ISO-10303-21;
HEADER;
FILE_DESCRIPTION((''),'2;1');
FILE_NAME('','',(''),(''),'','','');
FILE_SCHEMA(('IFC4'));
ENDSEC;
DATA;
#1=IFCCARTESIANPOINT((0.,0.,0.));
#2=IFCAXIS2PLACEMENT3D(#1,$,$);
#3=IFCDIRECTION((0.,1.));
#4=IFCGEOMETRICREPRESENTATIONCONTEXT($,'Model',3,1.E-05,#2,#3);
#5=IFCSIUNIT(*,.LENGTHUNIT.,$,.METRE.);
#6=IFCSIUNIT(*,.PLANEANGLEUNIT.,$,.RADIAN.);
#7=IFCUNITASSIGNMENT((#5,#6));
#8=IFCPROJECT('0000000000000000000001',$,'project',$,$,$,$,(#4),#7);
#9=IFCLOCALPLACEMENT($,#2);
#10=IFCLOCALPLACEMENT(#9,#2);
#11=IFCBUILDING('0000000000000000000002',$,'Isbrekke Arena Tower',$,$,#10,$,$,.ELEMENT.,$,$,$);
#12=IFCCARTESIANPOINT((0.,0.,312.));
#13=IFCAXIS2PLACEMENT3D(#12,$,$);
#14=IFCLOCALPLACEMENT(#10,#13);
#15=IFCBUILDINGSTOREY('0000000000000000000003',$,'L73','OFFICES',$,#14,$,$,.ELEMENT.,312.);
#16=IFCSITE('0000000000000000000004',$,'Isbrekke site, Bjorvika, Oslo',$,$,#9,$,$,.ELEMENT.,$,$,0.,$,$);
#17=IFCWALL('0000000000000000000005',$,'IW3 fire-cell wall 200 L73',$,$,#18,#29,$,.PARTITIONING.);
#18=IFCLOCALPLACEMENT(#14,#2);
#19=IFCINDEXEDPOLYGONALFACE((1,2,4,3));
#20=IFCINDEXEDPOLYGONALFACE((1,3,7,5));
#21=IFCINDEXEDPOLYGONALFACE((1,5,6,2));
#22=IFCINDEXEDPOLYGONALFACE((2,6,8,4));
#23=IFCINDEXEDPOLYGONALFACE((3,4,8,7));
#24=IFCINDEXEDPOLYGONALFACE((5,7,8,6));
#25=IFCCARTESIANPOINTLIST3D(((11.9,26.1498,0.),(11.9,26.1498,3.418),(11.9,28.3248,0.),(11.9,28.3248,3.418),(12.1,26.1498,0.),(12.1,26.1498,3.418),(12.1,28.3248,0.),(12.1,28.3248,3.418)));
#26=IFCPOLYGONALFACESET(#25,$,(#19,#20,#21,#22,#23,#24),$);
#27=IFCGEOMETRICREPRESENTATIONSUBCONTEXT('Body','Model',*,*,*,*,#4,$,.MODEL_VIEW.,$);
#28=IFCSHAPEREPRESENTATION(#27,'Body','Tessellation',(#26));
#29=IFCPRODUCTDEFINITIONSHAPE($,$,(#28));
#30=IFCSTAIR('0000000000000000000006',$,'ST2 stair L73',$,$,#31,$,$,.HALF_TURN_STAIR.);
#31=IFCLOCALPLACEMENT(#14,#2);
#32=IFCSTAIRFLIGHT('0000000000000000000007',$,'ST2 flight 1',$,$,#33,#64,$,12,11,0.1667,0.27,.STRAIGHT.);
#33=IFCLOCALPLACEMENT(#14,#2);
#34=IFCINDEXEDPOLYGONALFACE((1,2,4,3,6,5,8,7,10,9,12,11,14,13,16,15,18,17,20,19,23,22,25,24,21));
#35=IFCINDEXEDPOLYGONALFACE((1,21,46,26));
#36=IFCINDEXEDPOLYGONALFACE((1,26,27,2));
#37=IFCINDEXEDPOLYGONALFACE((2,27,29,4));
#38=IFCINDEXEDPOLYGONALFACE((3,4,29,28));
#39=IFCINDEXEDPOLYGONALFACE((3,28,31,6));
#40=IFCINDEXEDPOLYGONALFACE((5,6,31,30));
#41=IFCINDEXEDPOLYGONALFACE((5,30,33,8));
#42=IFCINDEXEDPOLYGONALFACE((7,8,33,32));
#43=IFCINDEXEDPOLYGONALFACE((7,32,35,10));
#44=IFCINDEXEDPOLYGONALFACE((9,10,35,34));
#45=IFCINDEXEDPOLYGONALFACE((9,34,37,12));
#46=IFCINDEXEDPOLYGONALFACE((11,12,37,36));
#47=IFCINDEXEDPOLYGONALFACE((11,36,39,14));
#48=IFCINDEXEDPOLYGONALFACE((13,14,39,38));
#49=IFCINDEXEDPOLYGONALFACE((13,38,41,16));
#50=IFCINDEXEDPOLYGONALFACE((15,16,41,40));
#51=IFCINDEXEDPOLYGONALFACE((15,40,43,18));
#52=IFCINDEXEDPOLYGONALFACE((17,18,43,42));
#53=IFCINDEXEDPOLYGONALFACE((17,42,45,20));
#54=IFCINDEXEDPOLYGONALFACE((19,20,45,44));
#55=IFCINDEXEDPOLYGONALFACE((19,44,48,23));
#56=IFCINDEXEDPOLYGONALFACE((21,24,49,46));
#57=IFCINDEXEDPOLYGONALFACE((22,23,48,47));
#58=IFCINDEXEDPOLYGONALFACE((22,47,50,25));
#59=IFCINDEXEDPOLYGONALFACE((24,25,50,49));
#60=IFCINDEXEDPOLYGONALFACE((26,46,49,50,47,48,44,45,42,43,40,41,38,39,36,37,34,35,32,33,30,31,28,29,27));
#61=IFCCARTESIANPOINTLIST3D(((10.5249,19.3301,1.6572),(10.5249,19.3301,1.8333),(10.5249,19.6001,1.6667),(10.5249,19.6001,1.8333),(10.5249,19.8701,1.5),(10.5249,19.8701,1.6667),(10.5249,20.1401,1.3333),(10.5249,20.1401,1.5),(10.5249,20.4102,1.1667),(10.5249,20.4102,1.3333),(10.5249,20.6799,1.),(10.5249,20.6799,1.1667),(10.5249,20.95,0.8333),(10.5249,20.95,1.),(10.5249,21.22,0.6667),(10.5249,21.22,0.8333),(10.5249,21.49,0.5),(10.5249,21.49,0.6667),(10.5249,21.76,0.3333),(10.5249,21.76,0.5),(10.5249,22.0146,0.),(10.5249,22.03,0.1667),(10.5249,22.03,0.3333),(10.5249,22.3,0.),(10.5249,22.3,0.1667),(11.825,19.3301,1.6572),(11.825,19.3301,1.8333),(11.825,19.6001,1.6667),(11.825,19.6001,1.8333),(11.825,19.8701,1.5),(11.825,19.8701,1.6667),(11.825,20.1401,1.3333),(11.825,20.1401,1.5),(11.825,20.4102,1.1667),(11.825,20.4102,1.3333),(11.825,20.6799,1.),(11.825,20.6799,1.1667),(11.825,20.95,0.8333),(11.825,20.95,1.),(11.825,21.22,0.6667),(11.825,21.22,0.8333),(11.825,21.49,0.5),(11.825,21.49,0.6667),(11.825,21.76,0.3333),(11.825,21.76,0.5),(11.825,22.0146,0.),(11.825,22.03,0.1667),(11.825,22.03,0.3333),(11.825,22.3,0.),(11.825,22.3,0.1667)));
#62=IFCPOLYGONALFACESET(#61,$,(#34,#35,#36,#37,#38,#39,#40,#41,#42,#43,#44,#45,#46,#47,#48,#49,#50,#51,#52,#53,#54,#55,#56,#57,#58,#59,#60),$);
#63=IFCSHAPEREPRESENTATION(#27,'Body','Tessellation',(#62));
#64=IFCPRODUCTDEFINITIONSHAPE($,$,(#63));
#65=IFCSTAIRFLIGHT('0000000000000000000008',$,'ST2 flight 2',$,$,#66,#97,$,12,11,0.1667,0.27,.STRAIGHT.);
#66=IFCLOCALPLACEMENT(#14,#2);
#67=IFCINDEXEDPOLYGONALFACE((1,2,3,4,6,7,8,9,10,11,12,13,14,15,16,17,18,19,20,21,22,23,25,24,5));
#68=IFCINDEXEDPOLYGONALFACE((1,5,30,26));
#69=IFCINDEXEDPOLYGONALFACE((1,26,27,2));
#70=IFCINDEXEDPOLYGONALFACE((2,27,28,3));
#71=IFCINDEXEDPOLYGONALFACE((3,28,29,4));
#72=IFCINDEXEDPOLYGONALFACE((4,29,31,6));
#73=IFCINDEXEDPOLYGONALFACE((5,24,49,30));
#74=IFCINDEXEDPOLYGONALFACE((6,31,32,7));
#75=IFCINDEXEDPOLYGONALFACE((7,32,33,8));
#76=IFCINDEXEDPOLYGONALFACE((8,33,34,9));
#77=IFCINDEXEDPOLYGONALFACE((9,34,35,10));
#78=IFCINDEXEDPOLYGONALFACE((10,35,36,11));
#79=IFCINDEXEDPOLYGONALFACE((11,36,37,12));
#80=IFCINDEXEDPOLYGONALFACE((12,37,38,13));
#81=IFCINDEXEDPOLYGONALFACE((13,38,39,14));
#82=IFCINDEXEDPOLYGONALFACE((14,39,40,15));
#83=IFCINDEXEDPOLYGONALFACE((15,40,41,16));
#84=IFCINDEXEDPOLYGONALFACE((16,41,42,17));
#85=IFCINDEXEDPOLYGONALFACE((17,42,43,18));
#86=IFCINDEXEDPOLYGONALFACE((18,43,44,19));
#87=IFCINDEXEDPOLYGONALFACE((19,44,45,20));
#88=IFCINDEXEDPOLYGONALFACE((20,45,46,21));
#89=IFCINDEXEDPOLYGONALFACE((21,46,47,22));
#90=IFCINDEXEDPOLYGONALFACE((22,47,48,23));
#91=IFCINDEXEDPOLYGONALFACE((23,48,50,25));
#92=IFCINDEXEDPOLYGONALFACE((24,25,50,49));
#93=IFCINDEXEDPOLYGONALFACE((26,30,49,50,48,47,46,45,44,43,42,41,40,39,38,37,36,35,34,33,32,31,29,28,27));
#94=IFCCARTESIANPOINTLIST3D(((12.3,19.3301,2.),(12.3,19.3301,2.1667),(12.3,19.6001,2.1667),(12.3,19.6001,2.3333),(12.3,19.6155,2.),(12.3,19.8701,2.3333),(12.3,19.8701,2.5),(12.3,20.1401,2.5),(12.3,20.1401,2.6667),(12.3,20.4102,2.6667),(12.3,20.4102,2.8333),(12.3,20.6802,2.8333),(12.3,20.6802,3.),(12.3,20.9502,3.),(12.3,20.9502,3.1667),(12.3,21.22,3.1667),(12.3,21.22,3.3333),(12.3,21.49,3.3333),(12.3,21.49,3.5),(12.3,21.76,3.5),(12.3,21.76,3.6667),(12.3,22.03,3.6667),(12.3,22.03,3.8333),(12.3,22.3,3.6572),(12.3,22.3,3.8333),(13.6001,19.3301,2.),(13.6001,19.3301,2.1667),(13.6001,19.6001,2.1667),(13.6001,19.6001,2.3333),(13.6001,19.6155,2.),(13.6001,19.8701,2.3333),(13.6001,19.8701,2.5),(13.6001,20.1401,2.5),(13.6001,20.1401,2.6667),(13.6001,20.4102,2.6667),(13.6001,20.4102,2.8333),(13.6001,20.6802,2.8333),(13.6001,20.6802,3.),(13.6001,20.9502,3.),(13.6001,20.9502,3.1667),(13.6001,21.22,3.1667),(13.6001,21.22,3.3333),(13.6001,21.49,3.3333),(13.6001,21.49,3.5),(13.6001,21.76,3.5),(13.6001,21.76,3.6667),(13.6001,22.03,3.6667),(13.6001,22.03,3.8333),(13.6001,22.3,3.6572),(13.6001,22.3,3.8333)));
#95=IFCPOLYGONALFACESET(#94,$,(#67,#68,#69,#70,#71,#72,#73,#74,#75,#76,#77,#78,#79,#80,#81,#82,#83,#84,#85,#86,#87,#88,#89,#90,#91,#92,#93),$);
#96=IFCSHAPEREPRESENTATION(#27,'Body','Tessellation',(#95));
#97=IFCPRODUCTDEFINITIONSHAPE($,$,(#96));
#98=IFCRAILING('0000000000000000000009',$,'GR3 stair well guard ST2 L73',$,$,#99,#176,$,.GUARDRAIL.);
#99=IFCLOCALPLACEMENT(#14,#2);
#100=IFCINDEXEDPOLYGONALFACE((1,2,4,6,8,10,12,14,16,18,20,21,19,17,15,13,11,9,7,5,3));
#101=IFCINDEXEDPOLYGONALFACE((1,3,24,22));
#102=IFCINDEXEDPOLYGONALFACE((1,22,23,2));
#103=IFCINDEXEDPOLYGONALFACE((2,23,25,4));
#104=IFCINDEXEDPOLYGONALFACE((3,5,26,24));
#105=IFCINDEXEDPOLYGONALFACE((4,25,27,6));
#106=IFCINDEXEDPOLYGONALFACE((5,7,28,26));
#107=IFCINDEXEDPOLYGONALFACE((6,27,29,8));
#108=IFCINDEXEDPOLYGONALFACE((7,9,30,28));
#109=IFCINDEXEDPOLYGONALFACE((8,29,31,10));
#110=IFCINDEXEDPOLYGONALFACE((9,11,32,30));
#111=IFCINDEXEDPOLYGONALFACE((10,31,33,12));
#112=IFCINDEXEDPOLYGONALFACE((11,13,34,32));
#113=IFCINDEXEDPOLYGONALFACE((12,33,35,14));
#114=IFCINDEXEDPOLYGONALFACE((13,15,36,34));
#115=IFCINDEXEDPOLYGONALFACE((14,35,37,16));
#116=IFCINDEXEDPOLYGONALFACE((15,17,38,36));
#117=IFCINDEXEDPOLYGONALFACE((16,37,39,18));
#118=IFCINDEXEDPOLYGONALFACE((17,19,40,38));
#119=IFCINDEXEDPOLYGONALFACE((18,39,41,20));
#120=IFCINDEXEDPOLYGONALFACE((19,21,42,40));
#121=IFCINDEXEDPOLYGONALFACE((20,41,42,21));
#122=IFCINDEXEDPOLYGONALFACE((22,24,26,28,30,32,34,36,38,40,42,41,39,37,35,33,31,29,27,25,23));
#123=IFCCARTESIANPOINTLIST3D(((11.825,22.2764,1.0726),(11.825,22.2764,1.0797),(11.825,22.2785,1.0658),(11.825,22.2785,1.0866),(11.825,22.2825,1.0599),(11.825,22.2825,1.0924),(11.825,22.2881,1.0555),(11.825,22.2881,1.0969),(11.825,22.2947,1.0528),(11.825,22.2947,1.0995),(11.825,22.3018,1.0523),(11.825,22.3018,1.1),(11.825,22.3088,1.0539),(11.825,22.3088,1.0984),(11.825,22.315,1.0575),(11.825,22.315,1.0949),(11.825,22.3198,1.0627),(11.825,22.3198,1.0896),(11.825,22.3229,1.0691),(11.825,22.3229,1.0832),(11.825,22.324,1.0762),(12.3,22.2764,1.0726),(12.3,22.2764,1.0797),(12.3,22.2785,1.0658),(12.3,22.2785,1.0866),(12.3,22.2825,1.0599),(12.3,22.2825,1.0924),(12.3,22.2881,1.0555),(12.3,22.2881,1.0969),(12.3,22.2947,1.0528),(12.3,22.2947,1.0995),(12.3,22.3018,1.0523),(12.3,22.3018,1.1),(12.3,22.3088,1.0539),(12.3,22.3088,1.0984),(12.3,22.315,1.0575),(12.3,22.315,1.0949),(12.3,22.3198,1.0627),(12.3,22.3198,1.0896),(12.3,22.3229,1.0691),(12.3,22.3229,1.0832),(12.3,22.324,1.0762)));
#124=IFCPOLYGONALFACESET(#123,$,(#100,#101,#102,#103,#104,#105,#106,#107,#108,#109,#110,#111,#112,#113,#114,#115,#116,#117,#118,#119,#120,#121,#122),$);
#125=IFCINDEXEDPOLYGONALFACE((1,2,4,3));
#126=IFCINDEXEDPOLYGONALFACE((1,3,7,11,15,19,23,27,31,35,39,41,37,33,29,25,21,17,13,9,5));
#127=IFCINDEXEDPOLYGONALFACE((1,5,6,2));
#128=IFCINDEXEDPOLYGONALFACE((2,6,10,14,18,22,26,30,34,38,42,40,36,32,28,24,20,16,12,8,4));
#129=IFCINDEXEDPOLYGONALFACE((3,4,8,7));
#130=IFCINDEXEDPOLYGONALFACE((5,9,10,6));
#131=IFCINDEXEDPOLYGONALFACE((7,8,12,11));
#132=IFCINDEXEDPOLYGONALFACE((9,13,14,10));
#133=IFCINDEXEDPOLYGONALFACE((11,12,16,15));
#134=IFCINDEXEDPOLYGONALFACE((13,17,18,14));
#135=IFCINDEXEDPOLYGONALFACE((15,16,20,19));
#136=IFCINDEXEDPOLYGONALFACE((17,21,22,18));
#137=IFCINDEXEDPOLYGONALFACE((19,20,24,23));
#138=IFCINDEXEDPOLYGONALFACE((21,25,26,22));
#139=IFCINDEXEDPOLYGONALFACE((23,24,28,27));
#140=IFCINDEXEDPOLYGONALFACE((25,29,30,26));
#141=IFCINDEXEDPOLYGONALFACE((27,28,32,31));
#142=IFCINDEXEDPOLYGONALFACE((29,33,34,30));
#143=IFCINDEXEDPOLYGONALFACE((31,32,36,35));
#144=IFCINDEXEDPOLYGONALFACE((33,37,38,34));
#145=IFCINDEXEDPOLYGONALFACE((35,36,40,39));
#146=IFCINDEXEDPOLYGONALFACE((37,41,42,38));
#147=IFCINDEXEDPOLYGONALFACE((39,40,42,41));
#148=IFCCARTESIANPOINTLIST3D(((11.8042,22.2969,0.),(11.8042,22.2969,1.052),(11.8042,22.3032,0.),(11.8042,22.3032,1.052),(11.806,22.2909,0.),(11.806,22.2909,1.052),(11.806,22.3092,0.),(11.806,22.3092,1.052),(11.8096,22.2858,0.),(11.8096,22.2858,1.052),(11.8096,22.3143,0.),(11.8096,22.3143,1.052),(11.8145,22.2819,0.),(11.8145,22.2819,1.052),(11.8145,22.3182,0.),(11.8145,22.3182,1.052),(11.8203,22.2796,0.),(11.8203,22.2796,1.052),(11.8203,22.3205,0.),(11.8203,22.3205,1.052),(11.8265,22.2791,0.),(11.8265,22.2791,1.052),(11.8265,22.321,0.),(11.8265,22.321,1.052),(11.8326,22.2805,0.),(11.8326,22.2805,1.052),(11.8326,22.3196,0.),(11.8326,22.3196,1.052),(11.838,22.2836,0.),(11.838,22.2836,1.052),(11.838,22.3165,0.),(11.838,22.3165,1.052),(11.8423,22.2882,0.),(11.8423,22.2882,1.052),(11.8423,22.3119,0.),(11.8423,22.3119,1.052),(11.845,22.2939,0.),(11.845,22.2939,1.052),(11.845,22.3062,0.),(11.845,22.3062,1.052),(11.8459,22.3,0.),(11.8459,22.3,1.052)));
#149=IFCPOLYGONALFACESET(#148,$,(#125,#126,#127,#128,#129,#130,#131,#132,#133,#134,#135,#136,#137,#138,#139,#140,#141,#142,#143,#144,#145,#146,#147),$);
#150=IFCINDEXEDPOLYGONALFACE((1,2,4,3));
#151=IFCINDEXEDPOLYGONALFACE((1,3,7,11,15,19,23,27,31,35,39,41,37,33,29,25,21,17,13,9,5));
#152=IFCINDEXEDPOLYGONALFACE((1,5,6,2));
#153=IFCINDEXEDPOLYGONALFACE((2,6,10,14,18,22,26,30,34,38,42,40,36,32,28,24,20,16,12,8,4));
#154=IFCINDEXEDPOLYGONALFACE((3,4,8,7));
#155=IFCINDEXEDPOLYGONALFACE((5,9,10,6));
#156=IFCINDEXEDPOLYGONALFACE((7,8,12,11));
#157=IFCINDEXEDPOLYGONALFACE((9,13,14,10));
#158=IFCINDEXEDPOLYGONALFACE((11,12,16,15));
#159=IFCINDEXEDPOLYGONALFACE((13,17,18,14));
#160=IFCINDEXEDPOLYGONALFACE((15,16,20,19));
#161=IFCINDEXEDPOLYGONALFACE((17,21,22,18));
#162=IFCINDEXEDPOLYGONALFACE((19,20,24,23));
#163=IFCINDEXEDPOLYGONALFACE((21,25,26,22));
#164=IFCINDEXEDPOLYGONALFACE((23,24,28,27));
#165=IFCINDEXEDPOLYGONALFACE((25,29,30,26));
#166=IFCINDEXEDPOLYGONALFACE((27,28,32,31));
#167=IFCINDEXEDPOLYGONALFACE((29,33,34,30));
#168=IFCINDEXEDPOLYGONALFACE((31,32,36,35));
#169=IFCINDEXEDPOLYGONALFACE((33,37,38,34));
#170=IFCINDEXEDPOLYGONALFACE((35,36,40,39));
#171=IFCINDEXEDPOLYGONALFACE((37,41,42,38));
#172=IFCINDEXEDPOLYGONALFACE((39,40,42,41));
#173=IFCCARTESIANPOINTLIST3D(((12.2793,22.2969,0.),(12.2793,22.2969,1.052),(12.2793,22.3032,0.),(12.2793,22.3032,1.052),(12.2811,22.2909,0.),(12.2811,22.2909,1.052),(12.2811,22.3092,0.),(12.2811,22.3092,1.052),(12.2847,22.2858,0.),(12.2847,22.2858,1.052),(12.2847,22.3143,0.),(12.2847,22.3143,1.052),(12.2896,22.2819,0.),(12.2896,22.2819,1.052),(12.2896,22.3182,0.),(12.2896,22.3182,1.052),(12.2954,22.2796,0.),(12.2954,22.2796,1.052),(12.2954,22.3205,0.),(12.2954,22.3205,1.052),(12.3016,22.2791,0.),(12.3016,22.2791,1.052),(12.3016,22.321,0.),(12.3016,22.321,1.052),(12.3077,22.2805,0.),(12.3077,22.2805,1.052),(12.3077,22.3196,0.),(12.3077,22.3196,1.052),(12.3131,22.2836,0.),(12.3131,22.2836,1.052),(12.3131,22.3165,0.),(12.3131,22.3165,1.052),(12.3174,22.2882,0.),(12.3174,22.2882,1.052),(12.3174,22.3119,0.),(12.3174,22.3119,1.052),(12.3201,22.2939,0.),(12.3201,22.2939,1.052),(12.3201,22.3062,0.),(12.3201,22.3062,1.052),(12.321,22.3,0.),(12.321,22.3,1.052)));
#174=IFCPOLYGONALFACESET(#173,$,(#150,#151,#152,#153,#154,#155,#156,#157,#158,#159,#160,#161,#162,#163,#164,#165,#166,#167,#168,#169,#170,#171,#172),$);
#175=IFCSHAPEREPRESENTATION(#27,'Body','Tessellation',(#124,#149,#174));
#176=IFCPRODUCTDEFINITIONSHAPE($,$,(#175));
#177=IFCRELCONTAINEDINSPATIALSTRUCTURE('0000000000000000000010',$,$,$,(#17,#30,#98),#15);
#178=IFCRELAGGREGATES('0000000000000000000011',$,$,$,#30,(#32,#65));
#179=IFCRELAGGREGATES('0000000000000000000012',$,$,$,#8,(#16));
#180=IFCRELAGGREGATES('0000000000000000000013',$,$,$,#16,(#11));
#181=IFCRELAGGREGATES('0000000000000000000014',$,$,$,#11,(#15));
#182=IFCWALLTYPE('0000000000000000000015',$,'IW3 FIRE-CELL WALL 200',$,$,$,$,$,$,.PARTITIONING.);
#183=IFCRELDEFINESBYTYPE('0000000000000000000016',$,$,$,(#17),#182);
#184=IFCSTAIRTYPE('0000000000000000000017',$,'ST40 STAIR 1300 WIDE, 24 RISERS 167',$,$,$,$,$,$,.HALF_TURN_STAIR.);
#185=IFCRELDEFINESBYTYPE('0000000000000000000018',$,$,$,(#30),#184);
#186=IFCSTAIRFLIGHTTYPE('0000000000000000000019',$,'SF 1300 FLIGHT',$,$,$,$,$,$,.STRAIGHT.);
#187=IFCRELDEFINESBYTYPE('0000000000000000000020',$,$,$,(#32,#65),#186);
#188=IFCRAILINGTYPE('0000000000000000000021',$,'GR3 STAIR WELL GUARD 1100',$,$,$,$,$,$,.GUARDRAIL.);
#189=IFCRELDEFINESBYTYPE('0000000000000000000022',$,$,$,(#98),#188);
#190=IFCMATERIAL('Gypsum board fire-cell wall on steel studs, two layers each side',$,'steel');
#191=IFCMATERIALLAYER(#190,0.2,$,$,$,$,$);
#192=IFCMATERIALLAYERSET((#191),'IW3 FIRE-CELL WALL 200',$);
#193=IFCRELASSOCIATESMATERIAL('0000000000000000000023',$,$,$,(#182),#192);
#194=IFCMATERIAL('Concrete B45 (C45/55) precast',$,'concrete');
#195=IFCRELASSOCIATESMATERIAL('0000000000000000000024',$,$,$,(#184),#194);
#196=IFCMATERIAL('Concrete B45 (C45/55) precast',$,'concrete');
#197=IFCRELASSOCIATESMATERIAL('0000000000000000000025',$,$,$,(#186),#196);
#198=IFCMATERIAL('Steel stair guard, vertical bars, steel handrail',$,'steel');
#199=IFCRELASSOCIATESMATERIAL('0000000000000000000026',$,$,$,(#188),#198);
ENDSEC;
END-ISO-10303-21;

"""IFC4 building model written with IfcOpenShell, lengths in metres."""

from ifc_helpers import new_model, si_unit, direction, frame, frame_2d, origin, origin_2d, place, context, subcontext, project, spatial, polyline, rectangle, circle, outline, extrude, material, layer, layer_set, type_object, element, aggregate, save


model = new_model("IFC4")

# Units and contexts
model_context = context("Model", 3, precision=1e-05, world=origin(), true_north=direction((0.0, 1.0)))
body_context = subcontext(model_context, "Body", "Model", "MODEL_VIEW")
ifc_project = project(units=[si_unit("LENGTHUNIT", "METRE"), si_unit("PLANEANGLEUNIT", "RADIAN")], contexts=[model_context])

# Site, building, storey
site_placement = place(None, origin())
site = spatial("IfcSite", under=ifc_project, at=site_placement, Name="Isbrekke site, Bjorvika, Oslo", CompositionType="ELEMENT", RefElevation=0.0)
building_placement = place(site_placement, origin())
building = spatial("IfcBuilding", under=site, at=building_placement, Name="Isbrekke Arena Tower", CompositionType="ELEMENT")
storey_placement = place(building_placement, frame((0.0, 0.0, 312.0)))
storey = spatial("IfcBuildingStorey", under=building, at=storey_placement, Name="L73", Description="OFFICES", CompositionType="ELEMENT", Elevation=312.0)

# Wall
ifc_material_1 = material(Name="Gypsum board fire-cell wall on steel studs, two layers each side", Category="steel")
ifc_layer_1 = layer(ifc_material_1, 0.2)
ifc_layer_set_1 = layer_set([ifc_layer_1], Name="IW3 FIRE-CELL WALL 200")
wall_type_1 = type_object("IfcWallType", Name="IW3 FIRE-CELL WALL 200", PredefinedType="PARTITIONING", material=ifc_layer_set_1)
wall_1_placement = place(storey_placement, frame((12.0, 26.1499, 0.0), z_axis=(0.0, 0.0, 1.0), x_axis=(0.0, 1.0, 0.0)))
element("IfcWall", 1, at=wall_1_placement, inside=storey, type_object=wall_type_1, Name="IW3 fire-cell wall 200 L73", PredefinedType="PARTITIONING", context=body_context, shape_type="SweptSolid", body=[
    extrude(rectangle(XDim=2.175, YDim=0.2, at=frame_2d((1.0874, 0.0))), origin(), (0.0, 0.0, 1.0), 3.418),
])

# Stair, stair flights
ifc_material_2 = material(Name="Concrete B45 (C45/55) precast", Category="concrete")
stair_type = type_object("IfcStairType", Name="ST40 STAIR 1300 WIDE, 24 RISERS 167", PredefinedType="HALF_TURN_STAIR", material=ifc_material_2)
stair_placement = place(storey_placement, origin())
stair = element("IfcStair", 2, at=stair_placement, inside=storey, type_object=stair_type, Name="ST2 stair L73", PredefinedType="HALF_TURN_STAIR")
ifc_material_3 = material(Name="Concrete B45 (C45/55) precast", Category="concrete")
stair_flight_type = type_object("IfcStairFlightType", Name="SF 1300 FLIGHT", PredefinedType="STRAIGHT", material=ifc_material_3)
stair_flight_1_placement = place(storey_placement, frame((11.175, 22.3, 0.0), z_axis=(0.0, 0.0, 1.0), x_axis=(0.0, -1.0, 0.0)))
stair_flight_1 = element("IfcStairFlight", 3, at=stair_flight_1_placement, type_object=stair_flight_type, Name="ST2 flight 1", NumberOfRisers=12, NumberOfTreads=11, PredefinedType="STRAIGHT", RiserHeight=0.1667, TreadLength=0.27, context=body_context, shape_type="SweptSolid", body=[
    extrude(outline(polyline([(0.0, 0.0), (0.0, 0.1667), (0.27, 0.1667), (0.27, 0.3333), (0.54, 0.3333), (0.54, 0.5), (0.8101, 0.5), (0.8101, 0.6667), (1.0801, 0.6667), (1.0801, 0.8333), (1.3501, 0.8333), (1.3501, 1.0), (1.6201, 1.0), (1.6201, 1.1667), (1.8899, 1.1667), (1.8899, 1.3333), (2.1599, 1.3333), (2.1599, 1.5), (2.4299, 1.5), (2.4299, 1.6667), (2.7, 1.6667), (2.7, 1.8333), (2.97, 1.8333), (2.97, 2.0), (2.97, 1.6572), (0.2854, 0.0), (0.0, 0.0)])), frame((0.0, 0.6499, 0.0), z_axis=(0.0, -1.0, 0.0), x_axis=(1.0, 0.0, 0.0)), (0.0, 0.0, 1.0), 1.3),
])
stair_flight_2_placement = place(storey_placement, frame((12.95, 19.3301, 2.0), z_axis=(0.0, 0.0, 1.0), x_axis=(0.0, 1.0, 0.0)))
stair_flight_2 = element("IfcStairFlight", 4, at=stair_flight_2_placement, type_object=stair_flight_type, Name="ST2 flight 2", NumberOfRisers=12, NumberOfTreads=11, PredefinedType="STRAIGHT", RiserHeight=0.1667, TreadLength=0.27, context=body_context, shape_type="SweptSolid", body=[
    extrude(outline(polyline([(0.0, 0.0), (0.0, 0.1667), (0.27, 0.1667), (0.27, 0.3333), (0.54, 0.3333), (0.54, 0.5), (0.8101, 0.5), (0.8101, 0.6667), (1.0801, 0.6667), (1.0801, 0.8333), (1.3501, 0.8333), (1.3501, 1.0), (1.6201, 1.0), (1.6201, 1.1667), (1.8899, 1.1667), (1.8899, 1.3333), (2.1599, 1.3333), (2.1599, 1.5), (2.4299, 1.5), (2.4299, 1.6667), (2.7, 1.6667), (2.7, 1.8333), (2.97, 1.8333), (2.97, 2.0), (2.97, 1.6572), (0.2854, 0.0), (0.0, 0.0)])), frame((0.0, 0.6499, 0.0), z_axis=(0.0, -1.0, 0.0), x_axis=(1.0, 0.0, 0.0)), (0.0, 0.0, 1.0), 1.3),
])
aggregate(stair, [stair_flight_1, stair_flight_2])

# Railing
ifc_material_4 = material(Name="Steel stair guard, vertical bars, steel handrail", Category="steel")
railing_type = type_object("IfcRailingType", Name="GR3 STAIR WELL GUARD 1100", PredefinedType="GUARDRAIL", material=ifc_material_4)
for number, where, name in (
    (5, (11.825, 22.3, 0.0), "GR3 stair well guard ST2 L73"),
):
    element("IfcRailing", number, at=place(storey_placement, frame(where)), inside=storey, type_object=railing_type, Name=name, PredefinedType="GUARDRAIL", context=body_context, shape_type="SweptSolid", body=[
        extrude(circle(Radius=0.0239, at=origin_2d()), frame((0.0, 0.0, 1.0762), z_axis=(1.0, 0.0, 0.0), x_axis=(0.0, 1.0, 0.0)), (0.0, 0.0, 1.0), 0.4751),
        extrude(circle(Radius=0.021, at=origin_2d()), origin(), (0.0, 0.0, 1.0), 1.052),
        extrude(circle(Radius=0.021, at=origin_2d()), frame((0.4751, 0.0, 0.0)), (0.0, 0.0, 1.0), 1.052),
    ])

save(model, "model.ifc")
